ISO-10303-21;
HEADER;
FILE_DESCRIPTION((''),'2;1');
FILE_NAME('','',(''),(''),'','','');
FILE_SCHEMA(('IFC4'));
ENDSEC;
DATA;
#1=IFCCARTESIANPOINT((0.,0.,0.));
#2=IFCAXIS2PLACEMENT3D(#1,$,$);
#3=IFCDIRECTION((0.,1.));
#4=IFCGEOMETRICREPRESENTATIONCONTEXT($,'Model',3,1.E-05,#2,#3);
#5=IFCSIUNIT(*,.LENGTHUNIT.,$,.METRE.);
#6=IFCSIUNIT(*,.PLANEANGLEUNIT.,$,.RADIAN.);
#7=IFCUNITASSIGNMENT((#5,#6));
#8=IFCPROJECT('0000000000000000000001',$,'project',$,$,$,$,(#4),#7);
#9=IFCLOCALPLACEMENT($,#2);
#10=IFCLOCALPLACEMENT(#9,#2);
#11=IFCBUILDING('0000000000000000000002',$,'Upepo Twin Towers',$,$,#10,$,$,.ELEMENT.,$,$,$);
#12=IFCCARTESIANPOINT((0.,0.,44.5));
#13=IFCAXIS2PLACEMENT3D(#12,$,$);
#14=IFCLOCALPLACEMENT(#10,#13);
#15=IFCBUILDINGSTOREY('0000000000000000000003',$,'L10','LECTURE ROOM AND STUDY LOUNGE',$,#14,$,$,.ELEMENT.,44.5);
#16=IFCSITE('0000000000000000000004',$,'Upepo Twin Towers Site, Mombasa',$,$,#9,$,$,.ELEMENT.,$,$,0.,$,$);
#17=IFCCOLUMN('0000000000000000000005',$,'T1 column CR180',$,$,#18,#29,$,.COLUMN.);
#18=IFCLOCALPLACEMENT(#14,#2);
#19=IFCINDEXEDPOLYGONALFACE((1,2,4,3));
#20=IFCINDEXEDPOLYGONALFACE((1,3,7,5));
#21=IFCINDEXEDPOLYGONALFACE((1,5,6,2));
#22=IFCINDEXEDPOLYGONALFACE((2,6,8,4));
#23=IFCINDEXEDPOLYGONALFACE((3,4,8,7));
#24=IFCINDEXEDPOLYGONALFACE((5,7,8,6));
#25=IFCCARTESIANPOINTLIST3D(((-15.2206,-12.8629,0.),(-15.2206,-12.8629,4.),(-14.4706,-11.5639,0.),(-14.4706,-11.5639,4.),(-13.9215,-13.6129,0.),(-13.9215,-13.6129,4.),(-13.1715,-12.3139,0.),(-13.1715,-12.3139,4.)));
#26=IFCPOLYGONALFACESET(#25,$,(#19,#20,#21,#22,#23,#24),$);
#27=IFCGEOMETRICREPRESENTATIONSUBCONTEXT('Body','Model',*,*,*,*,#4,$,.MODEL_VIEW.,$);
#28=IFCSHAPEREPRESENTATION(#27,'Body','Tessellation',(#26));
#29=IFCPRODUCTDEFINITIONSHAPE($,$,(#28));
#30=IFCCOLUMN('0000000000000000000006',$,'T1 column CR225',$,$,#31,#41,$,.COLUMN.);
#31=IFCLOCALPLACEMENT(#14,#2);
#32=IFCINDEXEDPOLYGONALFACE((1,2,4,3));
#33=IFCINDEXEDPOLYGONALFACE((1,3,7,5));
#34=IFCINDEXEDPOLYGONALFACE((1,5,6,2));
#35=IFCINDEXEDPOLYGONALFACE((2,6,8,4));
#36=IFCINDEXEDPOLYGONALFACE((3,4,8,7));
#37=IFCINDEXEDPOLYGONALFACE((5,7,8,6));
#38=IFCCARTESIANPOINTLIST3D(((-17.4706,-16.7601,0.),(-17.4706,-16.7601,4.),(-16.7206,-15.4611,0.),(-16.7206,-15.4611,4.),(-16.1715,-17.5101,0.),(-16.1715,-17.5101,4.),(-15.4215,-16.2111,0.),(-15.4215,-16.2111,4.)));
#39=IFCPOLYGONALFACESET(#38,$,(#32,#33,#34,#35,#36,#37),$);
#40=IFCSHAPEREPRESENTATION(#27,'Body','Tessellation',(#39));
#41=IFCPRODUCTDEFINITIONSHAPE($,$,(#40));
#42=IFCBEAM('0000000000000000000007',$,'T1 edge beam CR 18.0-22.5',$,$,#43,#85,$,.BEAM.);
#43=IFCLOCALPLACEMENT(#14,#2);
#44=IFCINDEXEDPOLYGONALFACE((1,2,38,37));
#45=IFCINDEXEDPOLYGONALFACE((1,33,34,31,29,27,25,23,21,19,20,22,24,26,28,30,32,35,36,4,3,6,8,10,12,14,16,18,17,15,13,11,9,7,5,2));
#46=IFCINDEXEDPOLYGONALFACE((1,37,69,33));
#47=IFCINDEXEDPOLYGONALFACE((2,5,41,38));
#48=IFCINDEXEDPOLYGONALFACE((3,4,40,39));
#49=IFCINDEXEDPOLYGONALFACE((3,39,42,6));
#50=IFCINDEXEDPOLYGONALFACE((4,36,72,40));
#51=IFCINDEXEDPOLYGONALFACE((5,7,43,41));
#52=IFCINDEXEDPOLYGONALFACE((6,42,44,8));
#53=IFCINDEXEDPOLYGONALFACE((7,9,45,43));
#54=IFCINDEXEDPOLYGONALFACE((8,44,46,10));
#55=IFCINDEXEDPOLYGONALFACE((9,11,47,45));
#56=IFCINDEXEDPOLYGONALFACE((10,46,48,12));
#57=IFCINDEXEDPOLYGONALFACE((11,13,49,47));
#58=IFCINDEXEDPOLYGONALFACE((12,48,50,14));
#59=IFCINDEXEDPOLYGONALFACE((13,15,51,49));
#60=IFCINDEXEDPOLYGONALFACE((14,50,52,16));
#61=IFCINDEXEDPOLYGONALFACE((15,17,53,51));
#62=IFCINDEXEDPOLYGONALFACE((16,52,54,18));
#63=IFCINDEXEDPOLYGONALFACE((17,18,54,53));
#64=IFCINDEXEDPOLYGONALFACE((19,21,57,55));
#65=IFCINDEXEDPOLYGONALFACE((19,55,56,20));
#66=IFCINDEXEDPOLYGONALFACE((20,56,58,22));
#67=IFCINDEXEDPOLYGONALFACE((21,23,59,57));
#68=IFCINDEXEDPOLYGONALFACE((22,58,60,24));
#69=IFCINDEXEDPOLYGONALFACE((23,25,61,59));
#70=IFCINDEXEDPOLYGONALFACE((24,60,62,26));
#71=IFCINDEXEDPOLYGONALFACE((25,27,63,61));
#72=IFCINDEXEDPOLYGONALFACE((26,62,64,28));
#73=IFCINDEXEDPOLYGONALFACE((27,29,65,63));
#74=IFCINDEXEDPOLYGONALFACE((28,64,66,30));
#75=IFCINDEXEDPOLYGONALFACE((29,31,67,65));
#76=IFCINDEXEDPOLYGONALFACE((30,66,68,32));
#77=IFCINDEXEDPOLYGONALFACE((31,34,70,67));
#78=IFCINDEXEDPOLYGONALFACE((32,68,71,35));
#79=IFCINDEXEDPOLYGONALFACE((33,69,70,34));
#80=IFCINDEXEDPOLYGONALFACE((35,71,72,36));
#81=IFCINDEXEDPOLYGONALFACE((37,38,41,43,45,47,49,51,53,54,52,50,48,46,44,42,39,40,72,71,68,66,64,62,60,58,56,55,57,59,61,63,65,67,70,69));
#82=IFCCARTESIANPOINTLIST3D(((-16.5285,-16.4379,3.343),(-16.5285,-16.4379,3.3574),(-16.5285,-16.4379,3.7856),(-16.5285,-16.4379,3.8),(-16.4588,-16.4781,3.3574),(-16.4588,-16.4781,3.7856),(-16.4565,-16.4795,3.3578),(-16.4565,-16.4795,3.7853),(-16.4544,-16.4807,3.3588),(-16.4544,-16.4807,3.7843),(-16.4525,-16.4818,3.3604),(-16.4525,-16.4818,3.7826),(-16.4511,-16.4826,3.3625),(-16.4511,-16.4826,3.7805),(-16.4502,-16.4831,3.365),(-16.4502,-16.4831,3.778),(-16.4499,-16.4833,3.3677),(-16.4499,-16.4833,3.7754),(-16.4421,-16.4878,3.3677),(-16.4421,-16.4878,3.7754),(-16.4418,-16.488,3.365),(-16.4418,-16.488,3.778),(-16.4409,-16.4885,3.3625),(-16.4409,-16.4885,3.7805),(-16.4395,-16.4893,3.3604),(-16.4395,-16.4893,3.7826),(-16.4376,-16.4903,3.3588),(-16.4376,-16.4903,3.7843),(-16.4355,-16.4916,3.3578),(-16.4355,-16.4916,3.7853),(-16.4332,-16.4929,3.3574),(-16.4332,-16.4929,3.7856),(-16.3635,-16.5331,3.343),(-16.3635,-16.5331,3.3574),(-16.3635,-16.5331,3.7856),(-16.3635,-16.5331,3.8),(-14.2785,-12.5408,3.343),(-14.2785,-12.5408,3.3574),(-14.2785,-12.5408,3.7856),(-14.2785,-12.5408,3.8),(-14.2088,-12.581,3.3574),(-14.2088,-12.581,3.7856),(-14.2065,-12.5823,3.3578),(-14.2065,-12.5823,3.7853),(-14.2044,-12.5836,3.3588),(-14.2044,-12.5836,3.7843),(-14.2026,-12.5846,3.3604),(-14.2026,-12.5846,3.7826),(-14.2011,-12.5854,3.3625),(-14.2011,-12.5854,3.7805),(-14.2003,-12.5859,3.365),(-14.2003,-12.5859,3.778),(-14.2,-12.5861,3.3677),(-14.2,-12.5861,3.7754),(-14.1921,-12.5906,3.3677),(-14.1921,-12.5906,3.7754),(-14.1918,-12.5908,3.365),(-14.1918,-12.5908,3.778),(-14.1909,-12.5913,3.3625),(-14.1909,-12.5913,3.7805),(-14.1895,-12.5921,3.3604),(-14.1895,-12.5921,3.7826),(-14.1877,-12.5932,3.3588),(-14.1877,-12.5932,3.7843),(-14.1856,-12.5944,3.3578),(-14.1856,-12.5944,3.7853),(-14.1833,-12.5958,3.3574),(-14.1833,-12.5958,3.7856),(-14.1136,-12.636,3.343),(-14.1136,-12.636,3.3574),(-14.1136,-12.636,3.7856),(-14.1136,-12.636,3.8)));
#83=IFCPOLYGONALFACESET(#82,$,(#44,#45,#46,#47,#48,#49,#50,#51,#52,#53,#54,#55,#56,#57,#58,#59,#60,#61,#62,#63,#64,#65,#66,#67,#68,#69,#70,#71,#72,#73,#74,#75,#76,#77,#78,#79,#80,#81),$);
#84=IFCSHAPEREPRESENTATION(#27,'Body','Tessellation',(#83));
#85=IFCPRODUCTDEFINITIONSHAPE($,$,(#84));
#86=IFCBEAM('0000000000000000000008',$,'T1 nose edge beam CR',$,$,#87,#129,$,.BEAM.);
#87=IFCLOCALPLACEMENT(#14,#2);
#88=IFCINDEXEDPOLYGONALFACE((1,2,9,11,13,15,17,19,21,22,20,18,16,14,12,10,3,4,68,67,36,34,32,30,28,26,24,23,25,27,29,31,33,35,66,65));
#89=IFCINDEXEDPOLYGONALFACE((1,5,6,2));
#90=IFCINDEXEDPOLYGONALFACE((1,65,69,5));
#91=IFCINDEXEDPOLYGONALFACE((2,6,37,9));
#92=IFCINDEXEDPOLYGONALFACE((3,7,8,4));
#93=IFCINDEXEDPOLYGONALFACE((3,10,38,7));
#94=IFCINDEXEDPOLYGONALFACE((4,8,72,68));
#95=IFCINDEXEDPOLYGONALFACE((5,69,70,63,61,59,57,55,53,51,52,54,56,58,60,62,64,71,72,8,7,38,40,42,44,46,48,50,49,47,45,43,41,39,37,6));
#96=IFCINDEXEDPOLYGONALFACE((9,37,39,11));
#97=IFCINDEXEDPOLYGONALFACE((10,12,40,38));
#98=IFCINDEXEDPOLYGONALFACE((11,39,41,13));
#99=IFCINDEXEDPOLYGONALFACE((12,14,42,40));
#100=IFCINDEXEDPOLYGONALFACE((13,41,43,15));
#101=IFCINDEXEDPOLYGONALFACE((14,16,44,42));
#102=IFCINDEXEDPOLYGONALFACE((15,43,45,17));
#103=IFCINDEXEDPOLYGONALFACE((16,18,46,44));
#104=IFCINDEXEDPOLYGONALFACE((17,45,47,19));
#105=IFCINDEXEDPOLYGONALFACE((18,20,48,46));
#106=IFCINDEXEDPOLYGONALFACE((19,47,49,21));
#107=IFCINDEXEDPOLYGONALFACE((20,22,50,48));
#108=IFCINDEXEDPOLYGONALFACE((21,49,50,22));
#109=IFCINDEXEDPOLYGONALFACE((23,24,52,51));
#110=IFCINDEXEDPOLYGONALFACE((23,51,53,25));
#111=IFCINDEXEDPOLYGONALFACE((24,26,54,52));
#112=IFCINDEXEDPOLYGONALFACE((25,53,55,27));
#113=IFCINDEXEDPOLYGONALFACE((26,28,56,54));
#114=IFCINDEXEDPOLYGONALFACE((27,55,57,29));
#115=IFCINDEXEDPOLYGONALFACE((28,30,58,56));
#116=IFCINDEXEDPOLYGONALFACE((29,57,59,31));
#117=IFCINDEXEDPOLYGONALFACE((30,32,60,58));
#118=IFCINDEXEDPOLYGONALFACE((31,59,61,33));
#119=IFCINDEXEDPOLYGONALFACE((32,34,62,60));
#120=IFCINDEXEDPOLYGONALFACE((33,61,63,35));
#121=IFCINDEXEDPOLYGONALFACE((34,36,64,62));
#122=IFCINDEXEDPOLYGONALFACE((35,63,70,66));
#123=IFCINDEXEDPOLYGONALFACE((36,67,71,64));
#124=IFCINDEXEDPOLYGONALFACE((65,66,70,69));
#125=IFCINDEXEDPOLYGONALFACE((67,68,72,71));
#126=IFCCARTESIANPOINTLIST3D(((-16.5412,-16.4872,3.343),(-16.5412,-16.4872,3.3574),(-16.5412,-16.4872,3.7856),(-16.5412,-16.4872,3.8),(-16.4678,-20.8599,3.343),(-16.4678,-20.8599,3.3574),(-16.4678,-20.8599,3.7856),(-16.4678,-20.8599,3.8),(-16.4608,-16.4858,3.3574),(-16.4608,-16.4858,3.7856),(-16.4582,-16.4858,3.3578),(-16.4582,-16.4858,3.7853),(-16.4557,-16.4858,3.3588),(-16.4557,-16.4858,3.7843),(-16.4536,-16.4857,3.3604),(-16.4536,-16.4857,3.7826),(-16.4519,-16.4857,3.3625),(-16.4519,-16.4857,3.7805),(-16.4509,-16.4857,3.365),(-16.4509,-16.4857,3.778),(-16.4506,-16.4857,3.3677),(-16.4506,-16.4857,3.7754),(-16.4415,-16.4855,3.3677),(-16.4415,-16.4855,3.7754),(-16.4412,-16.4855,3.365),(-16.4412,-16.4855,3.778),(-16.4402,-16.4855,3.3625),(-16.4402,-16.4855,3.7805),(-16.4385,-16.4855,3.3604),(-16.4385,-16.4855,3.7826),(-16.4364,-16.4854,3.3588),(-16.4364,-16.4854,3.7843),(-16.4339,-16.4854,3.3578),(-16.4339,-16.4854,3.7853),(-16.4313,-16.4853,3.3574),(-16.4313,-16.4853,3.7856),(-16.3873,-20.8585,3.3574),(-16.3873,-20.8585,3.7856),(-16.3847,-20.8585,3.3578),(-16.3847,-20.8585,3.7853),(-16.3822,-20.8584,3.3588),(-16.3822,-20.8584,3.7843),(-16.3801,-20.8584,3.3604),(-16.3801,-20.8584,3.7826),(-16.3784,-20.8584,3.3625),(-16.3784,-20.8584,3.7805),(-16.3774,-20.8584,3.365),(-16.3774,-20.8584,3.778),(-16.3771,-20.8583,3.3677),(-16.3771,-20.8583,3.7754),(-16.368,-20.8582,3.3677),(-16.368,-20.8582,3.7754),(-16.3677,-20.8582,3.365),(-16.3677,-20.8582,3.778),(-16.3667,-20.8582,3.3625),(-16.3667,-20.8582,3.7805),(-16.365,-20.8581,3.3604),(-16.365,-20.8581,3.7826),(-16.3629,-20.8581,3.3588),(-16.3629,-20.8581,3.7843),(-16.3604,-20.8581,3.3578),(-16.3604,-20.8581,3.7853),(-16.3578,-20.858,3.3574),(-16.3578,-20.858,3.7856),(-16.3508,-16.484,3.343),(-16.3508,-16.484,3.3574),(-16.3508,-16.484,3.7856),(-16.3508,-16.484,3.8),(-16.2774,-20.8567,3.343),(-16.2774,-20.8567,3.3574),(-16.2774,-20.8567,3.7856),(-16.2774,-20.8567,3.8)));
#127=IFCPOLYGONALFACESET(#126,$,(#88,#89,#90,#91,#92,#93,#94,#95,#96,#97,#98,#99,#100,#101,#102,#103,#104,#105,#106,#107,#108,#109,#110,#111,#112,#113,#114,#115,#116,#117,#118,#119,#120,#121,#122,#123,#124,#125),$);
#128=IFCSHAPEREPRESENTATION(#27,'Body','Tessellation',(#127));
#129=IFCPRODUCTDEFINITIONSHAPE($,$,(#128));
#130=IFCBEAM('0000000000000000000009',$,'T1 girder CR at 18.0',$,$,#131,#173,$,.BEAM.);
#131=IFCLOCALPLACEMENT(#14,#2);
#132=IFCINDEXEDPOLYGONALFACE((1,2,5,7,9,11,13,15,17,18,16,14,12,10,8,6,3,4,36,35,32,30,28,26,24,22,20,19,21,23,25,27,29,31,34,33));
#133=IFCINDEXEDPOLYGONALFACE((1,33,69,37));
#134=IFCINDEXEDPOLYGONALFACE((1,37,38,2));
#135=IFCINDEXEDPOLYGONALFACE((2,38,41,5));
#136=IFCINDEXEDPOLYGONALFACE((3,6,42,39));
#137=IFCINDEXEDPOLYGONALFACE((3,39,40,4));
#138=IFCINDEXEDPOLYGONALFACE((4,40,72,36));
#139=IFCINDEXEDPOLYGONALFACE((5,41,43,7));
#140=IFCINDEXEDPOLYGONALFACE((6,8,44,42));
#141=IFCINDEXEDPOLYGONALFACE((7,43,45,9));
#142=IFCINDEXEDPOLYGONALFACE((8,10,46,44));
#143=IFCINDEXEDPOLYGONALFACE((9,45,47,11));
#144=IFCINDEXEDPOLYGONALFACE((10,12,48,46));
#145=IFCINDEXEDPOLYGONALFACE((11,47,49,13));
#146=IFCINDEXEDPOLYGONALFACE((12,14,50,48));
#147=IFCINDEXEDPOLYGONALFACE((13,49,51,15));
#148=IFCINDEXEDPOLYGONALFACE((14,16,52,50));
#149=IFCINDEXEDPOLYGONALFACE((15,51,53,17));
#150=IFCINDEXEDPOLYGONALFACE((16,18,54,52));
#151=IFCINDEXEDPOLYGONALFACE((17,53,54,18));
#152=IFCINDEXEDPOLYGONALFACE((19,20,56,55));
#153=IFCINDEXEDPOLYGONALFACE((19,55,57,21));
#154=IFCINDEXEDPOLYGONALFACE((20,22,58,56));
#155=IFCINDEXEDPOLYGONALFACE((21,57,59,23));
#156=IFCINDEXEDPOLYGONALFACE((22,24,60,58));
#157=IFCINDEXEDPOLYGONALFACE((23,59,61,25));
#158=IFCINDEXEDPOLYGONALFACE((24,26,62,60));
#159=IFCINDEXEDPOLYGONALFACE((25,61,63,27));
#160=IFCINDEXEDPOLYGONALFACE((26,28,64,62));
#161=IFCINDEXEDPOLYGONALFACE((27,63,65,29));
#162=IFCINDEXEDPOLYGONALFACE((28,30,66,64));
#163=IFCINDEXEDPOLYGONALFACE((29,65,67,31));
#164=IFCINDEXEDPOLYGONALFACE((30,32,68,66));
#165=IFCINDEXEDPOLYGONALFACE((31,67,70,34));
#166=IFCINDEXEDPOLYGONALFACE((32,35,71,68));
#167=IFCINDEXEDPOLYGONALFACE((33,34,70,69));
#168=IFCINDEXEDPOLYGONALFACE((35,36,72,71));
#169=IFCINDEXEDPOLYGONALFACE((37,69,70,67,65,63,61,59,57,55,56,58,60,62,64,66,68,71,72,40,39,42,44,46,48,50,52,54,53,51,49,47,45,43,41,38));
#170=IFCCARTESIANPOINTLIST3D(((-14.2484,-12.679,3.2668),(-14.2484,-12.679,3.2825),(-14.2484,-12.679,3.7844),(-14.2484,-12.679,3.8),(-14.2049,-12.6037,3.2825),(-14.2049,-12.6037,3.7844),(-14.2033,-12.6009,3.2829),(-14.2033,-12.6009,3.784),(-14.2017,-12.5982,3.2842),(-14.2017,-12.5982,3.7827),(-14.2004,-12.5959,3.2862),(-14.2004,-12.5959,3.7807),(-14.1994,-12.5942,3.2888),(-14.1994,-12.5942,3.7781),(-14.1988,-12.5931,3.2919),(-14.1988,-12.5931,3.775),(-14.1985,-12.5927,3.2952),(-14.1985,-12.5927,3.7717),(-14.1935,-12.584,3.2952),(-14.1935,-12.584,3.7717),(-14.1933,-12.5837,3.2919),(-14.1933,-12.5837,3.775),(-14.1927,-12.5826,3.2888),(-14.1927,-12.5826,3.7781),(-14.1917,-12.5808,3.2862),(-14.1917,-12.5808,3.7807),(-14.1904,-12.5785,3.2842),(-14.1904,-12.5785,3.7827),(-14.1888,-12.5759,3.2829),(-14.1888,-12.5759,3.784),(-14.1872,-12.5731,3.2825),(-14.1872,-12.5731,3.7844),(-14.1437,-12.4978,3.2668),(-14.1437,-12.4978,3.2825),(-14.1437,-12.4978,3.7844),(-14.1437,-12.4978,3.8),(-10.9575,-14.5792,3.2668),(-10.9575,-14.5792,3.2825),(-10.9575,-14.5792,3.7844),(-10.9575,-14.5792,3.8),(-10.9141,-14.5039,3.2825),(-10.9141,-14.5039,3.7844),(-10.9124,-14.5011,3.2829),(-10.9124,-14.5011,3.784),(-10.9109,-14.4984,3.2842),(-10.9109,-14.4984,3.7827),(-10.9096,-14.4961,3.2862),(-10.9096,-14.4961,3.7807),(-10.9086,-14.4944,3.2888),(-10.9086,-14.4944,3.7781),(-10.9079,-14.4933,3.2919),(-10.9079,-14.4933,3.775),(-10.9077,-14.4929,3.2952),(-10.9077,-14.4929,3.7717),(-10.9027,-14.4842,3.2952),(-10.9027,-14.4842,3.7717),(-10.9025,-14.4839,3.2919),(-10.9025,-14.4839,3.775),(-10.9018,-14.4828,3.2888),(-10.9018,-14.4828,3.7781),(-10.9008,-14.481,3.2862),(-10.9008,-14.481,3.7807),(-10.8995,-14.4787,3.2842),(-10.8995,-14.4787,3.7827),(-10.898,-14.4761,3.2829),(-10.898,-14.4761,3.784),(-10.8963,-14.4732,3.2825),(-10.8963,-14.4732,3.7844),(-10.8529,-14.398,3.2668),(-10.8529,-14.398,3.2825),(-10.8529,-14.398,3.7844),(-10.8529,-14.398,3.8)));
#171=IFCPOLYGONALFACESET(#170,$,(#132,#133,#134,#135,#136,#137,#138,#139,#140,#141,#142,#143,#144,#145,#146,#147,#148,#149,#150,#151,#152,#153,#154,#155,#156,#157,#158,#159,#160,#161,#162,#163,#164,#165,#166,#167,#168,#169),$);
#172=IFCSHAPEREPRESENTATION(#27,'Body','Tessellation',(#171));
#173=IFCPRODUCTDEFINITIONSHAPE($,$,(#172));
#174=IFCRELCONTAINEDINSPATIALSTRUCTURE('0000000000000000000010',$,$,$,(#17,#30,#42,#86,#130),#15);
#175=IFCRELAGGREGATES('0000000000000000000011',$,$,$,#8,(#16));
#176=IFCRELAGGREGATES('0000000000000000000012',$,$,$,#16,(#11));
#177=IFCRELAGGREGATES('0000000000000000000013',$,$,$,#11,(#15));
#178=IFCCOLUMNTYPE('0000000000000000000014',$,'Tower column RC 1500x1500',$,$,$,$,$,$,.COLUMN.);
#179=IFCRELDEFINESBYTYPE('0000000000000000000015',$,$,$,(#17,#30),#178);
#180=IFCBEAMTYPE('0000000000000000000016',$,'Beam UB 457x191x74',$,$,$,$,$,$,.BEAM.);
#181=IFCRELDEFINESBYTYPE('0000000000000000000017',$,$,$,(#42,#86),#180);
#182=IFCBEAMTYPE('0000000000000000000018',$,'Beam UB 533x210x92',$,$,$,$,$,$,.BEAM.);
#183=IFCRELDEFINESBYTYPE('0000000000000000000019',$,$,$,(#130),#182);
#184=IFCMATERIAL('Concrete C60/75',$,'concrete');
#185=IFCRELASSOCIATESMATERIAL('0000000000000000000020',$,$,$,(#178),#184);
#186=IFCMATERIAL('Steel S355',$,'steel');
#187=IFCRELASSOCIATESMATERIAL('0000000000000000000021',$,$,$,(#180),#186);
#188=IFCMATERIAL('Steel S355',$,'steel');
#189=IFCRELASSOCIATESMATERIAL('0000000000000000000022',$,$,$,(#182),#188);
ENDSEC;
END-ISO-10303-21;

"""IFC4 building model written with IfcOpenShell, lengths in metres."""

from ifc_helpers import new_model, si_unit, direction, frame, origin, origin_2d, place, context, subcontext, project, spatial, rectangle, i_section, extrude, material, material_profile, profile_set, type_object, element, save


model = new_model("IFC4")

# Units and contexts
model_context = context("Model", 3, precision=1e-05, world=origin(), true_north=direction((0.0, 1.0)))
body_context = subcontext(model_context, "Body", "Model", "MODEL_VIEW")
ifc_project = project(units=[si_unit("LENGTHUNIT", "METRE"), si_unit("PLANEANGLEUNIT", "RADIAN")], contexts=[model_context])

# Site, building, storey
site_placement = place(None, origin())
site = spatial("IfcSite", under=ifc_project, at=site_placement, Name="Upepo Twin Towers Site, Mombasa", CompositionType="ELEMENT", RefElevation=0.0)
building_placement = place(site_placement, origin())
building = spatial("IfcBuilding", under=site, at=building_placement, Name="Upepo Twin Towers", CompositionType="ELEMENT")
storey_placement = place(building_placement, frame((0.0, 0.0, 44.5)))
storey = spatial("IfcBuildingStorey", under=building, at=storey_placement, Name="L10", Description="LECTURE ROOM AND STUDY LOUNGE", CompositionType="ELEMENT", Elevation=44.5)

# Columns
ifc_material_1 = material(Name="Concrete C60/75", Category="concrete")
ifc_material_profile_1 = material_profile(ifc_material_1, rectangle(XDim=1.5, YDim=1.5, at=origin_2d()), Name="RC 1500x1500")
ifc_profile_set_1 = profile_set([ifc_material_profile_1], Name="Concrete C60/75")
column_type = type_object("IfcColumnType", Name="Tower column RC 1500x1500", PredefinedType="COLUMN", material=ifc_profile_set_1)
for number, where, z_axis, x_axis, name in (
    (1, (-14.196, -12.5884, 0.0), (0.0, 0.0, 1.0), (0.5, 0.866025, 0.0), "T1 column CR180"),
    (2, (-16.446, -16.4856, 0.0), (0.0, 0.0, 1.0), (0.5, 0.866025, 0.0), "T1 column CR225"),
):
    element("IfcColumn", number, at=place(storey_placement, frame(where, z_axis=z_axis, x_axis=x_axis)), inside=storey, type_object=column_type, Name=name, PredefinedType="COLUMN", context=body_context, shape_type="SweptSolid", body=[
        extrude(rectangle(XDim=1.5, YDim=1.5, at=origin_2d()), origin(), (0.0, 0.0, 1.0), 4.0),
    ])

# Beams
ifc_material_2 = material(Name="Steel S355", Category="steel")
ifc_material_profile_2 = material_profile(ifc_material_2, i_section(OverallWidth=0.1904, OverallDepth=0.457, WebThickness=0.009, FlangeThickness=0.0144, FilletRadius=0.0103, at=origin_2d()), Name="UB 457x191x74")
ifc_profile_set_2 = profile_set([ifc_material_profile_2], Name="Steel S355")
beam_type_1 = type_object("IfcBeamType", Name="Beam UB 457x191x74", PredefinedType="BEAM", material=ifc_profile_set_2)
beam_1_placement = place(storey_placement, frame((-14.196, -12.5884, 3.5715), z_axis=(-0.49999, -0.866031, 0.0), x_axis=(0.866031, -0.49999, 0.0)))
element("IfcBeam", 3, at=beam_1_placement, inside=storey, type_object=beam_type_1, Name="T1 edge beam CR 18.0-22.5", PredefinedType="BEAM", context=body_context, shape_type="SweptSolid", body=[
    extrude(i_section(OverallWidth=0.1904, OverallDepth=0.457, WebThickness=0.009, FlangeThickness=0.0144, FilletRadius=0.0103, at=origin_2d()), origin(), (0.0, 0.0, 1.0), 4.5),
])
beam_2_placement = place(storey_placement, frame((-16.446, -16.4856, 3.5715), z_axis=(0.016804, -0.999859, 0.0), x_axis=(0.999859, 0.016804, 0.0)))
element("IfcBeam", 4, at=beam_2_placement, inside=storey, type_object=beam_type_1, Name="T1 nose edge beam CR", PredefinedType="BEAM", context=body_context, shape_type="SweptSolid", body=[
    extrude(i_section(OverallWidth=0.1904, OverallDepth=0.457, WebThickness=0.009, FlangeThickness=0.0144, FilletRadius=0.0103, at=origin_2d()), origin(), (0.0, 0.0, 1.0), 4.3733),
])
ifc_material_3 = material(Name="Steel S355", Category="steel")
ifc_material_profile_3 = material_profile(ifc_material_3, i_section(OverallWidth=0.2092, OverallDepth=0.5332, WebThickness=0.01, FlangeThickness=0.0156, FilletRadius=0.0127, at=origin_2d()), Name="UB 533x210x92")
ifc_profile_set_3 = profile_set([ifc_material_profile_3], Name="Steel S355")
beam_type_2 = type_object("IfcBeamType", Name="Beam UB 533x210x92", PredefinedType="BEAM", material=ifc_profile_set_3)
beam_3_placement = place(storey_placement, frame((-14.196, -12.5884, 3.5334), z_axis=(0.866, -0.500043, 0.0), x_axis=(0.500043, 0.866, 0.0)))
element("IfcBeam", 5, at=beam_3_placement, inside=storey, type_object=beam_type_2, Name="T1 girder CR at 18.0", PredefinedType="BEAM", context=body_context, shape_type="SweptSolid", body=[
    extrude(i_section(OverallWidth=0.2092, OverallDepth=0.5332, WebThickness=0.01, FlangeThickness=0.0156, FilletRadius=0.0127, at=origin_2d()), origin(), (0.0, 0.0, 1.0), 3.8),
])

save(model, "model.ifc")
